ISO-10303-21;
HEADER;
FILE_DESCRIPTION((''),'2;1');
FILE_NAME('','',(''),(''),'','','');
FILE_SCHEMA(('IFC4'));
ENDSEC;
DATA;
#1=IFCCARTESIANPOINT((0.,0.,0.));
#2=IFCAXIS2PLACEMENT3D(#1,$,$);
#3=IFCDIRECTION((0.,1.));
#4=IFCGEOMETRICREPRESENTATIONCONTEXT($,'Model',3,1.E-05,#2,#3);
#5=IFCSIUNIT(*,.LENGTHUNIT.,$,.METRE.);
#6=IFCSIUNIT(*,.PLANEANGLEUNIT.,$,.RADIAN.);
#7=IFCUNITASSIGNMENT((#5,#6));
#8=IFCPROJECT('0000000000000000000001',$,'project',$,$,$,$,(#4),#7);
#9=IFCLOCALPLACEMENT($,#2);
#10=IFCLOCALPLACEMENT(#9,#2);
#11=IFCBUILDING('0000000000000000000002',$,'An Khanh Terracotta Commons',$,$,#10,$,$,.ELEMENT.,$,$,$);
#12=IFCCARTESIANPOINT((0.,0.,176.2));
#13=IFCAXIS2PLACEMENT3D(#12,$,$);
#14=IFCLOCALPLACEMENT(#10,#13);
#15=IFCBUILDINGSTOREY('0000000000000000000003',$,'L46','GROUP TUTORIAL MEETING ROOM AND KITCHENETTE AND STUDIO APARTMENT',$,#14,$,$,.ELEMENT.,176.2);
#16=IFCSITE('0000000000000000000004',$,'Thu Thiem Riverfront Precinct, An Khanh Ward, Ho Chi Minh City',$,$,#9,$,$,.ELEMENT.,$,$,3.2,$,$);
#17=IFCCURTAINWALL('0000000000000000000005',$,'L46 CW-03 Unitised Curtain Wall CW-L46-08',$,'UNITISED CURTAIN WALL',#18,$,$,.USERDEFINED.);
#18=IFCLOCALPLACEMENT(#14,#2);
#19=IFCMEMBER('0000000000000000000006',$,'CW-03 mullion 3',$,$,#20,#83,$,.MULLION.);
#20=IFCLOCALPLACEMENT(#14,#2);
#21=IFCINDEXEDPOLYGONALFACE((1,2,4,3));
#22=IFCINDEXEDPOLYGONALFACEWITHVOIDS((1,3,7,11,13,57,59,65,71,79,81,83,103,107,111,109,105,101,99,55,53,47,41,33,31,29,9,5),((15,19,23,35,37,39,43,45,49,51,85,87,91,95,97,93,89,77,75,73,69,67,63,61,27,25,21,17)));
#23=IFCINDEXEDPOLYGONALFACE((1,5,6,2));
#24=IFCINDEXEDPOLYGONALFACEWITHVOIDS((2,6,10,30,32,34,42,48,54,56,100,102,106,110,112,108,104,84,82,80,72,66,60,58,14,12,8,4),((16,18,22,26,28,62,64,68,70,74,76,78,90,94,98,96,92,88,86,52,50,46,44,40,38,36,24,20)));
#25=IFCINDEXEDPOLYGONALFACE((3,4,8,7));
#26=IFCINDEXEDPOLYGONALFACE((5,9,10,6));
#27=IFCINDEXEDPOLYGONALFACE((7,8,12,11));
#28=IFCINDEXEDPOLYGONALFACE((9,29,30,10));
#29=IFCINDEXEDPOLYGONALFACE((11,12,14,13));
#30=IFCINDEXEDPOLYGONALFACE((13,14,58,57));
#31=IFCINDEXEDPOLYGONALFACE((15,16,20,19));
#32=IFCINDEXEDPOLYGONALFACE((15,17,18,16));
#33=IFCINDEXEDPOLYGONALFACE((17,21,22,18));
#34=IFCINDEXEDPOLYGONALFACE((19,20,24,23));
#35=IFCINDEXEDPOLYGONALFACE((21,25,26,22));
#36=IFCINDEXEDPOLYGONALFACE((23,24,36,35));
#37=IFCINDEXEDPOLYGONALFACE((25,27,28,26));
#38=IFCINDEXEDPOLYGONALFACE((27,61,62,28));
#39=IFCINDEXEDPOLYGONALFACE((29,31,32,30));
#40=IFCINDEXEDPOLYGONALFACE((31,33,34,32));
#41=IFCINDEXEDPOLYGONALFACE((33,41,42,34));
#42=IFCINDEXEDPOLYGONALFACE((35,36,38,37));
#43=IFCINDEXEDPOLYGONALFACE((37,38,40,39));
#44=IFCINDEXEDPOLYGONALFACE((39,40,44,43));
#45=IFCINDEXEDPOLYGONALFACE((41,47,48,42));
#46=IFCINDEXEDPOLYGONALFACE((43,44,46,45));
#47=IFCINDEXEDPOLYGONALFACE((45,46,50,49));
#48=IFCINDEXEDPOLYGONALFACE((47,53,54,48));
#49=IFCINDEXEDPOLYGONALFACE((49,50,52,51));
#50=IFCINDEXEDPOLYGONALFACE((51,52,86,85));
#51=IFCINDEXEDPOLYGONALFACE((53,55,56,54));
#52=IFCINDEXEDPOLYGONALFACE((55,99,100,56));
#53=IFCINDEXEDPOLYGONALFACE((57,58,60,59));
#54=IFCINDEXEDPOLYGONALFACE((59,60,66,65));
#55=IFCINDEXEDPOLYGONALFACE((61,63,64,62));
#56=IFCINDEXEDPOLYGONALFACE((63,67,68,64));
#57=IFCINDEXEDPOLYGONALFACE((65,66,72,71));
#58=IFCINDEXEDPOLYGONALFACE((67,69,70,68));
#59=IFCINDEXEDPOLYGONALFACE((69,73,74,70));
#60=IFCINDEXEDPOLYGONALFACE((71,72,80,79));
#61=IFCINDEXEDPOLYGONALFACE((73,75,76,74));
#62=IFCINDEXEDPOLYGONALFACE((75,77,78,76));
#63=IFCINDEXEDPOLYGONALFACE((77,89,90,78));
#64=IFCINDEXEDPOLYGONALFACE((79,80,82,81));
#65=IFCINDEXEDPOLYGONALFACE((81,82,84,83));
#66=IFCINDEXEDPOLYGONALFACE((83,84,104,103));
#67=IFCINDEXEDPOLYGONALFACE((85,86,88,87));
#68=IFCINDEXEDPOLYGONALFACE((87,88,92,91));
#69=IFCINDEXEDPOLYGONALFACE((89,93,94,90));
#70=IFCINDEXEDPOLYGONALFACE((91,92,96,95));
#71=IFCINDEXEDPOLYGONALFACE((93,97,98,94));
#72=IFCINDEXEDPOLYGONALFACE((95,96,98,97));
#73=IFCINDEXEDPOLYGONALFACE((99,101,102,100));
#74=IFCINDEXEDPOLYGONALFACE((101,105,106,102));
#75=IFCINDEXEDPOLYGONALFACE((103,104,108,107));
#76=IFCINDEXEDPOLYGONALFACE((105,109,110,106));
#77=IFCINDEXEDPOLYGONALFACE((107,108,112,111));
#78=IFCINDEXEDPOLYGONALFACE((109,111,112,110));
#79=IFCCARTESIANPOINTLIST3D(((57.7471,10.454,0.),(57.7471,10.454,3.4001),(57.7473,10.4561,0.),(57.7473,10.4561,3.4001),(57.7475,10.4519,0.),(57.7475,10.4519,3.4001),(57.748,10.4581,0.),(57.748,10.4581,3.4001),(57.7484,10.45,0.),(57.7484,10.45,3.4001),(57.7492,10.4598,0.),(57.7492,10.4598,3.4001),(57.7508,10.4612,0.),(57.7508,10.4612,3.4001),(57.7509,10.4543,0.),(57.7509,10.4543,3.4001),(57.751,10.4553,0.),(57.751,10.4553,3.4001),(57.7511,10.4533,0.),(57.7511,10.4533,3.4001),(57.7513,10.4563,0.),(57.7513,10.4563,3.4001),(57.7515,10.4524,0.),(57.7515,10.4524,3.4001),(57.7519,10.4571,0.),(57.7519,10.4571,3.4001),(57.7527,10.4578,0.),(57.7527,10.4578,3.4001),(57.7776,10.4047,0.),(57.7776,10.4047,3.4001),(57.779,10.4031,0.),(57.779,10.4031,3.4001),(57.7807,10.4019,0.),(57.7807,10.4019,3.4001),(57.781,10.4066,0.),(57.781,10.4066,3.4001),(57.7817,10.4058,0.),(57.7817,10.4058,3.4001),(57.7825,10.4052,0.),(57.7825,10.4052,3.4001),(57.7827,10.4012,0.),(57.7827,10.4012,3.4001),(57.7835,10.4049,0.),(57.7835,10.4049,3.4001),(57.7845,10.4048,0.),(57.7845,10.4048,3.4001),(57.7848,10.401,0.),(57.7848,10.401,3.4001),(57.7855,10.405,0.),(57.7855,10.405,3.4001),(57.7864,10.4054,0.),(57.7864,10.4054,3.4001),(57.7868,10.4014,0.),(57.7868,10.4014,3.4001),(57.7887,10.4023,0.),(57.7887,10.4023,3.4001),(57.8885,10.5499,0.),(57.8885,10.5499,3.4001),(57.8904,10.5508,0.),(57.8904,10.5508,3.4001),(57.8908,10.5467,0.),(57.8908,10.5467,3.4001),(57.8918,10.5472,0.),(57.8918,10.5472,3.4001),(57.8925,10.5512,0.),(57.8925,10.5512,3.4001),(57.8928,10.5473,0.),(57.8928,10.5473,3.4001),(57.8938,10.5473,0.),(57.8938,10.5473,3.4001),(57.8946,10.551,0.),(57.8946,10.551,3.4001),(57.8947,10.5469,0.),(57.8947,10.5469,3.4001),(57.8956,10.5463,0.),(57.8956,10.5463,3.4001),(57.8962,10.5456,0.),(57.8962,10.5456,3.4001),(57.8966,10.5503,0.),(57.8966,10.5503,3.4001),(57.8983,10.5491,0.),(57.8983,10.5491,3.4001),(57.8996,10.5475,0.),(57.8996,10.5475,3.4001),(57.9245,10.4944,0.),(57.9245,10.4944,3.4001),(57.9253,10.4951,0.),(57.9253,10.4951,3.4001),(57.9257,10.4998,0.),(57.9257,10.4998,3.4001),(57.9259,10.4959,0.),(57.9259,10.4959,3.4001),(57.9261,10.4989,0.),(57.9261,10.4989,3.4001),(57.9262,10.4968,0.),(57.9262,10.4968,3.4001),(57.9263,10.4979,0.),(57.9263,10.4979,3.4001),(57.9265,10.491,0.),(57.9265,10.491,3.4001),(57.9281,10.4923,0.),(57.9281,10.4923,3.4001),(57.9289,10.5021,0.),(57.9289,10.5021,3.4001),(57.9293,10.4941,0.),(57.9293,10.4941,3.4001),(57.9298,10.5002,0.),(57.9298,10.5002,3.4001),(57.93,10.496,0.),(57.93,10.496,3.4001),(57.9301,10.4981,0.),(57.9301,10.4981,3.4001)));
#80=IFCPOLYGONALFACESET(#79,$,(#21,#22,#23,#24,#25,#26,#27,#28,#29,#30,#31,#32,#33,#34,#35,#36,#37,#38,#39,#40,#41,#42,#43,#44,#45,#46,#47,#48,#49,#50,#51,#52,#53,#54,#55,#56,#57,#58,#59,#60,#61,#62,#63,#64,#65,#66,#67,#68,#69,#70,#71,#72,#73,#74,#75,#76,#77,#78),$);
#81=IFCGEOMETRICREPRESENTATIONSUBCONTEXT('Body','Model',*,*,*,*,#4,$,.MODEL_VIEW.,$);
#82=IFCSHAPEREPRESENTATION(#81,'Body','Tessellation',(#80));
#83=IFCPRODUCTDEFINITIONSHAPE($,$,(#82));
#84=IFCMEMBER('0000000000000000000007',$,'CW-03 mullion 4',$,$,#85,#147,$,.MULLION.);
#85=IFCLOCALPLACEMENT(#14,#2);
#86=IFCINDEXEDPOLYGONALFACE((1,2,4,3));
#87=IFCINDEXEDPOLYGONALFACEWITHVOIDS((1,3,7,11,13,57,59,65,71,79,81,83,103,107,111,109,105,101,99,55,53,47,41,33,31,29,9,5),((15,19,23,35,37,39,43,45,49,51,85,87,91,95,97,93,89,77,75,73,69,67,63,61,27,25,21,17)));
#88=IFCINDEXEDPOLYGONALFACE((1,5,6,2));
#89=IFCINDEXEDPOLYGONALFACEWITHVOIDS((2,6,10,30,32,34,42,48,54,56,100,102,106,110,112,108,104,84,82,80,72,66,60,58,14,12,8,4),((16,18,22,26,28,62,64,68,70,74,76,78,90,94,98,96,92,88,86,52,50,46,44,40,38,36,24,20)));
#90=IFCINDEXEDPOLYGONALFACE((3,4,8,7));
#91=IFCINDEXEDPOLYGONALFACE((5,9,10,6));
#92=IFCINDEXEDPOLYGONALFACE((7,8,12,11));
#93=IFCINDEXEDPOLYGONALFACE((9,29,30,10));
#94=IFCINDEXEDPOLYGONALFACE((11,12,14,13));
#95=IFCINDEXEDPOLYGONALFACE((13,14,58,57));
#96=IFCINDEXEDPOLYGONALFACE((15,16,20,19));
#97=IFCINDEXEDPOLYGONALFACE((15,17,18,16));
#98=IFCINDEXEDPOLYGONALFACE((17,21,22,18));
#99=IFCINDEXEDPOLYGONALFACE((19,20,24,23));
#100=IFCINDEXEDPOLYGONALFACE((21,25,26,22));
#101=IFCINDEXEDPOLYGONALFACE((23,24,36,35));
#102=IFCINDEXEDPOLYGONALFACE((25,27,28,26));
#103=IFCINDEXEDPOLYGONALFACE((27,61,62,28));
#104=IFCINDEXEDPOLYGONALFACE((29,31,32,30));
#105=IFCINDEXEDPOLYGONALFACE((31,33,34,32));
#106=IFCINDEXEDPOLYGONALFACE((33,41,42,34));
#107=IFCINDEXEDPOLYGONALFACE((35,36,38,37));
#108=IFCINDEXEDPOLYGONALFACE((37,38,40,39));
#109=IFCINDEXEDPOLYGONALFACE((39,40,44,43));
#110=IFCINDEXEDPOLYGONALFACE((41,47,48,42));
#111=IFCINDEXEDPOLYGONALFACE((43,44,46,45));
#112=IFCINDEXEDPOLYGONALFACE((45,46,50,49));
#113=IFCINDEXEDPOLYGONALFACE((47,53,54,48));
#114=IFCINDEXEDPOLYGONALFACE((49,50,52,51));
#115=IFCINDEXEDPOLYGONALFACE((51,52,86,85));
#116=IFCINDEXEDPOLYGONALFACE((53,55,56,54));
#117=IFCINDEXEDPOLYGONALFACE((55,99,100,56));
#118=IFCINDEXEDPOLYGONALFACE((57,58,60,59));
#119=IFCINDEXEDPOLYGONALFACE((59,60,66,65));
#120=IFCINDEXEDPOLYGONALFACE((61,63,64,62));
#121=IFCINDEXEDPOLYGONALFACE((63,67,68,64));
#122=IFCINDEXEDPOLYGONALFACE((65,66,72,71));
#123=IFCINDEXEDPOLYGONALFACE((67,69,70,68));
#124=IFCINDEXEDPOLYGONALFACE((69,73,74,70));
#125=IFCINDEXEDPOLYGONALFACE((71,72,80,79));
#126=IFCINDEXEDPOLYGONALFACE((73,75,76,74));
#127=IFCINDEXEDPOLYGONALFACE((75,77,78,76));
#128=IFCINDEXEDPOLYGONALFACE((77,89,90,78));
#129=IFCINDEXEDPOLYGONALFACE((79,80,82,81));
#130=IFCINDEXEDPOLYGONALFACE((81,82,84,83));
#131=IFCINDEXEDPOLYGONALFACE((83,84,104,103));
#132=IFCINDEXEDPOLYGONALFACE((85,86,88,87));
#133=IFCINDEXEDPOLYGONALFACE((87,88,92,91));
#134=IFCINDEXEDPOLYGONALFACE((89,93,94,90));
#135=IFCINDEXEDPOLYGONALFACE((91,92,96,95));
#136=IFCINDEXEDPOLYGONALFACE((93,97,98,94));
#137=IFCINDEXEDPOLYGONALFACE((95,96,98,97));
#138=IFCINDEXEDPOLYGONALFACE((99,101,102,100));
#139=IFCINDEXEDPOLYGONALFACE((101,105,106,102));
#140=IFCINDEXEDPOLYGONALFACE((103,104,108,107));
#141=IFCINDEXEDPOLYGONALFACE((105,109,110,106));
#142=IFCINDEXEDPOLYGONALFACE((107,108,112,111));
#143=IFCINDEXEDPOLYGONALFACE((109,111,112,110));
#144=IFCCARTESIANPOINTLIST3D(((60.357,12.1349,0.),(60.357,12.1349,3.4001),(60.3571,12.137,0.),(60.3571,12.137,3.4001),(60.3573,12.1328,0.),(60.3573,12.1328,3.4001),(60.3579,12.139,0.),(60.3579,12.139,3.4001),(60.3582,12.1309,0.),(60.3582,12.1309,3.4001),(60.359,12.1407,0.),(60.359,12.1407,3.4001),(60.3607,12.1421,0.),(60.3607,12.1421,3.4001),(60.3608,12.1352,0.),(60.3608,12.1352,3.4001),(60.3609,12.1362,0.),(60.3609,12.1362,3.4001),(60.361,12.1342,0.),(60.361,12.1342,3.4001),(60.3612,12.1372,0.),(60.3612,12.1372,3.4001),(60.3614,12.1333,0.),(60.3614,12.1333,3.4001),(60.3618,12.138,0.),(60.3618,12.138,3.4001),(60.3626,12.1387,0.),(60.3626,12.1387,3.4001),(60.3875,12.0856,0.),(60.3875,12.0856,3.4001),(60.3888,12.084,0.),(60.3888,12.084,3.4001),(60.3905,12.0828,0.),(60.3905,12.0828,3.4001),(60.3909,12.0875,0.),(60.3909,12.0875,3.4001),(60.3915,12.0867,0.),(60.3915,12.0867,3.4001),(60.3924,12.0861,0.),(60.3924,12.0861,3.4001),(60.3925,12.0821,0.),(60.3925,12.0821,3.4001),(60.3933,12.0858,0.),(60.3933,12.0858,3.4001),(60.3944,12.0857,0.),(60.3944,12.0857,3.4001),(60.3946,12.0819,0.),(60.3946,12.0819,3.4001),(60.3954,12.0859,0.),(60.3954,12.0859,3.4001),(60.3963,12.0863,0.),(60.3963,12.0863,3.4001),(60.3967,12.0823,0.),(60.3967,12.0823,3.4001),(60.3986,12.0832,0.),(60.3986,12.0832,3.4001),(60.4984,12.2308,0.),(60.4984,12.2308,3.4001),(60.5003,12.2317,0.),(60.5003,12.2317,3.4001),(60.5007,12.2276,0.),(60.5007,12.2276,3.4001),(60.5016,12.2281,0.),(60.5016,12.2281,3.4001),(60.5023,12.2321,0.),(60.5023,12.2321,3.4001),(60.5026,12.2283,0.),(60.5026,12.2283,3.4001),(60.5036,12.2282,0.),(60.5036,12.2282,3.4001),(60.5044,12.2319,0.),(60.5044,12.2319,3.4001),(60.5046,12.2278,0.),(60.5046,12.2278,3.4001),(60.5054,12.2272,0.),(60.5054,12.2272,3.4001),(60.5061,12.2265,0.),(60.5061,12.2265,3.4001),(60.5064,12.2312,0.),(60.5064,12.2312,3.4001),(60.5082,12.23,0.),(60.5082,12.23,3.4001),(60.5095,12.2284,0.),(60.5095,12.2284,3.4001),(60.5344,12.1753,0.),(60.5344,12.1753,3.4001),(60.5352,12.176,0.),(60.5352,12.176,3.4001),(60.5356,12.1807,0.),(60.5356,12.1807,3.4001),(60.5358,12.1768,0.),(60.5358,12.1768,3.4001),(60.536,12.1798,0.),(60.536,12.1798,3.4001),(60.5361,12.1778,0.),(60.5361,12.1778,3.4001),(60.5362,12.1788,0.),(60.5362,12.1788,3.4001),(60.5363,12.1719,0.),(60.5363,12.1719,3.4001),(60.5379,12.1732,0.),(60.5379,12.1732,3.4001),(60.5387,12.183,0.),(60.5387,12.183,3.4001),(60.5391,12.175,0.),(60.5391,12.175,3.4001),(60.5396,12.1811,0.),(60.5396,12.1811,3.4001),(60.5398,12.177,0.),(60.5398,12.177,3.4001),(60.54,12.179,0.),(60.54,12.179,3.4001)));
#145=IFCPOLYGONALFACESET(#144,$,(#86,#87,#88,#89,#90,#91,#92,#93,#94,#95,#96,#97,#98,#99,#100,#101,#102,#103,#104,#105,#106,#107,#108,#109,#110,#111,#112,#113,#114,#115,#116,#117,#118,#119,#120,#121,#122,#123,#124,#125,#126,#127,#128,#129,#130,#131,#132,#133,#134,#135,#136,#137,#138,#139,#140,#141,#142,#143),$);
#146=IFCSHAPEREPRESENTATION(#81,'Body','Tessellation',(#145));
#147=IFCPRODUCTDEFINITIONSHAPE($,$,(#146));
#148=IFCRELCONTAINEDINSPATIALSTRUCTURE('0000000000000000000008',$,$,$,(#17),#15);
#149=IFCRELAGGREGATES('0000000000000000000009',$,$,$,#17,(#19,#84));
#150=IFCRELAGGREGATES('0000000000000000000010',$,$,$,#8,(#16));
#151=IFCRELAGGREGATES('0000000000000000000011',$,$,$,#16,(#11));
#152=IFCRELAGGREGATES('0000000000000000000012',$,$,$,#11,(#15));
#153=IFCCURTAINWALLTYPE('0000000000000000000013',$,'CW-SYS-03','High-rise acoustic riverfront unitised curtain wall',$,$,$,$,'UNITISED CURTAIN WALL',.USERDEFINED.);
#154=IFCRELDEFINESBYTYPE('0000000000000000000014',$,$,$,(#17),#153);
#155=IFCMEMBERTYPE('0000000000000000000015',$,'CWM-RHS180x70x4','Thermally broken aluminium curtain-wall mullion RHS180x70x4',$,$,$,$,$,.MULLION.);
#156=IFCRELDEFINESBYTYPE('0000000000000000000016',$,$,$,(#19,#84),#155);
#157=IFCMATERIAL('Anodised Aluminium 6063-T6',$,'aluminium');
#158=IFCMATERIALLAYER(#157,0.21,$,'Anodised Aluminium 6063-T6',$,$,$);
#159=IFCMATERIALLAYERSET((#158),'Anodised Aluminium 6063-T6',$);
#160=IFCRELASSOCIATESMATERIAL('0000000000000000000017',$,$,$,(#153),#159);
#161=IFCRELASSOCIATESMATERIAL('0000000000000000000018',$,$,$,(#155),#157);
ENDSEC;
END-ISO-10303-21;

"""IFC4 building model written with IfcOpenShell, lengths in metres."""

from ifc_helpers import new_model, si_unit, direction, frame, origin, origin_2d, place, context, subcontext, project, spatial, hollow_rectangle, extrude, material, layer, layer_set, material_profile, profile_set, type_object, element, aggregate, save


model = new_model("IFC4")

# Units and contexts
model_context = context("Model", 3, precision=1e-05, world=origin(), true_north=direction((0.0, 1.0)))
body_context = subcontext(model_context, "Body", "Model", "MODEL_VIEW")
ifc_project = project(units=[si_unit("LENGTHUNIT", "METRE"), si_unit("PLANEANGLEUNIT", "RADIAN")], contexts=[model_context])

# Site, building, storey
site_placement = place(None, origin())
site = spatial("IfcSite", under=ifc_project, at=site_placement, Name="Thu Thiem Riverfront Precinct, An Khanh Ward, Ho Chi Minh City", CompositionType="ELEMENT", RefElevation=3.2)
building_placement = place(site_placement, origin())
building = spatial("IfcBuilding", under=site, at=building_placement, Name="An Khanh Terracotta Commons", CompositionType="ELEMENT")
storey_placement = place(building_placement, frame((0.0, 0.0, 176.2)))
storey = spatial("IfcBuildingStorey", under=building, at=storey_placement, Name="L46", Description="GROUP TUTORIAL MEETING ROOM AND KITCHENETTE AND STUDIO APARTMENT", CompositionType="ELEMENT", Elevation=176.2)

# Curtain wall, members
ifc_material_1 = material(Name="Anodised Aluminium 6063-T6", Category="aluminium")
ifc_layer_1 = layer(ifc_material_1, 0.21, Name="Anodised Aluminium 6063-T6")
ifc_layer_set_1 = layer_set([ifc_layer_1], Name="Anodised Aluminium 6063-T6")
curtain_wall_type = type_object("IfcCurtainWallType", Name="CW-SYS-03", Description="High-rise acoustic riverfront unitised curtain wall", ElementType="UNITISED CURTAIN WALL", PredefinedType="USERDEFINED", material=ifc_layer_set_1)
curtain_wall_1_placement = place(storey_placement, origin())
curtain_wall_1 = element("IfcCurtainWall", 1, at=curtain_wall_1_placement, inside=storey, type_object=curtain_wall_type, Name="L46 CW-03 Unitised Curtain Wall CW-L46-08", ObjectType="UNITISED CURTAIN WALL", PredefinedType="USERDEFINED")
ifc_material_profile_1 = material_profile(ifc_material_1, hollow_rectangle(XDim=0.0701, YDim=0.1799, WallThickness=0.0039, InnerFilletRadius=0.0039, OuterFilletRadius=0.0081, at=origin_2d()), Name="RHS180x70x4")
ifc_profile_set_1 = profile_set([ifc_material_profile_1], Name="Anodised Aluminium 6063-T6")
member_type_1 = type_object("IfcMemberType", Name="CWM-RHS180x70x4", Description="Thermally broken aluminium curtain-wall mullion RHS180x70x4", PredefinedType="MULLION", material=ifc_profile_set_1)
member_1_placement = place(storey_placement, frame((57.8386, 10.4761, 0.0), z_axis=(0.0, 0.0, 1.0), x_axis=(-0.541498, 0.840702, 0.0)))
member_1 = element("IfcMember", 2, at=member_1_placement, type_object=member_type_1, Name="CW-03 mullion 3", PredefinedType="MULLION", context=body_context, shape_type="SweptSolid", body=[
    extrude(hollow_rectangle(XDim=0.0701, YDim=0.1799, WallThickness=0.0039, InnerFilletRadius=0.0039, OuterFilletRadius=0.0081, at=origin_2d()), origin(), (0.0, 0.0, 1.0), 3.4001),
])
member_2_placement = place(storey_placement, frame((60.4485, 12.157, 0.0), z_axis=(0.0, 0.0, 1.0), x_axis=(-0.541498, 0.840702, 0.0)))
member_2 = element("IfcMember", 3, at=member_2_placement, type_object=member_type_1, Name="CW-03 mullion 4", PredefinedType="MULLION", context=body_context, shape_type="SweptSolid", body=[
    extrude(hollow_rectangle(XDim=0.0701, YDim=0.1799, WallThickness=0.0039, InnerFilletRadius=0.0039, OuterFilletRadius=0.0081, at=origin_2d()), origin(), (0.0, 0.0, 1.0), 3.4001),
])

aggregate(curtain_wall_1, [member_1, member_2])

save(model, "model.ifc")
